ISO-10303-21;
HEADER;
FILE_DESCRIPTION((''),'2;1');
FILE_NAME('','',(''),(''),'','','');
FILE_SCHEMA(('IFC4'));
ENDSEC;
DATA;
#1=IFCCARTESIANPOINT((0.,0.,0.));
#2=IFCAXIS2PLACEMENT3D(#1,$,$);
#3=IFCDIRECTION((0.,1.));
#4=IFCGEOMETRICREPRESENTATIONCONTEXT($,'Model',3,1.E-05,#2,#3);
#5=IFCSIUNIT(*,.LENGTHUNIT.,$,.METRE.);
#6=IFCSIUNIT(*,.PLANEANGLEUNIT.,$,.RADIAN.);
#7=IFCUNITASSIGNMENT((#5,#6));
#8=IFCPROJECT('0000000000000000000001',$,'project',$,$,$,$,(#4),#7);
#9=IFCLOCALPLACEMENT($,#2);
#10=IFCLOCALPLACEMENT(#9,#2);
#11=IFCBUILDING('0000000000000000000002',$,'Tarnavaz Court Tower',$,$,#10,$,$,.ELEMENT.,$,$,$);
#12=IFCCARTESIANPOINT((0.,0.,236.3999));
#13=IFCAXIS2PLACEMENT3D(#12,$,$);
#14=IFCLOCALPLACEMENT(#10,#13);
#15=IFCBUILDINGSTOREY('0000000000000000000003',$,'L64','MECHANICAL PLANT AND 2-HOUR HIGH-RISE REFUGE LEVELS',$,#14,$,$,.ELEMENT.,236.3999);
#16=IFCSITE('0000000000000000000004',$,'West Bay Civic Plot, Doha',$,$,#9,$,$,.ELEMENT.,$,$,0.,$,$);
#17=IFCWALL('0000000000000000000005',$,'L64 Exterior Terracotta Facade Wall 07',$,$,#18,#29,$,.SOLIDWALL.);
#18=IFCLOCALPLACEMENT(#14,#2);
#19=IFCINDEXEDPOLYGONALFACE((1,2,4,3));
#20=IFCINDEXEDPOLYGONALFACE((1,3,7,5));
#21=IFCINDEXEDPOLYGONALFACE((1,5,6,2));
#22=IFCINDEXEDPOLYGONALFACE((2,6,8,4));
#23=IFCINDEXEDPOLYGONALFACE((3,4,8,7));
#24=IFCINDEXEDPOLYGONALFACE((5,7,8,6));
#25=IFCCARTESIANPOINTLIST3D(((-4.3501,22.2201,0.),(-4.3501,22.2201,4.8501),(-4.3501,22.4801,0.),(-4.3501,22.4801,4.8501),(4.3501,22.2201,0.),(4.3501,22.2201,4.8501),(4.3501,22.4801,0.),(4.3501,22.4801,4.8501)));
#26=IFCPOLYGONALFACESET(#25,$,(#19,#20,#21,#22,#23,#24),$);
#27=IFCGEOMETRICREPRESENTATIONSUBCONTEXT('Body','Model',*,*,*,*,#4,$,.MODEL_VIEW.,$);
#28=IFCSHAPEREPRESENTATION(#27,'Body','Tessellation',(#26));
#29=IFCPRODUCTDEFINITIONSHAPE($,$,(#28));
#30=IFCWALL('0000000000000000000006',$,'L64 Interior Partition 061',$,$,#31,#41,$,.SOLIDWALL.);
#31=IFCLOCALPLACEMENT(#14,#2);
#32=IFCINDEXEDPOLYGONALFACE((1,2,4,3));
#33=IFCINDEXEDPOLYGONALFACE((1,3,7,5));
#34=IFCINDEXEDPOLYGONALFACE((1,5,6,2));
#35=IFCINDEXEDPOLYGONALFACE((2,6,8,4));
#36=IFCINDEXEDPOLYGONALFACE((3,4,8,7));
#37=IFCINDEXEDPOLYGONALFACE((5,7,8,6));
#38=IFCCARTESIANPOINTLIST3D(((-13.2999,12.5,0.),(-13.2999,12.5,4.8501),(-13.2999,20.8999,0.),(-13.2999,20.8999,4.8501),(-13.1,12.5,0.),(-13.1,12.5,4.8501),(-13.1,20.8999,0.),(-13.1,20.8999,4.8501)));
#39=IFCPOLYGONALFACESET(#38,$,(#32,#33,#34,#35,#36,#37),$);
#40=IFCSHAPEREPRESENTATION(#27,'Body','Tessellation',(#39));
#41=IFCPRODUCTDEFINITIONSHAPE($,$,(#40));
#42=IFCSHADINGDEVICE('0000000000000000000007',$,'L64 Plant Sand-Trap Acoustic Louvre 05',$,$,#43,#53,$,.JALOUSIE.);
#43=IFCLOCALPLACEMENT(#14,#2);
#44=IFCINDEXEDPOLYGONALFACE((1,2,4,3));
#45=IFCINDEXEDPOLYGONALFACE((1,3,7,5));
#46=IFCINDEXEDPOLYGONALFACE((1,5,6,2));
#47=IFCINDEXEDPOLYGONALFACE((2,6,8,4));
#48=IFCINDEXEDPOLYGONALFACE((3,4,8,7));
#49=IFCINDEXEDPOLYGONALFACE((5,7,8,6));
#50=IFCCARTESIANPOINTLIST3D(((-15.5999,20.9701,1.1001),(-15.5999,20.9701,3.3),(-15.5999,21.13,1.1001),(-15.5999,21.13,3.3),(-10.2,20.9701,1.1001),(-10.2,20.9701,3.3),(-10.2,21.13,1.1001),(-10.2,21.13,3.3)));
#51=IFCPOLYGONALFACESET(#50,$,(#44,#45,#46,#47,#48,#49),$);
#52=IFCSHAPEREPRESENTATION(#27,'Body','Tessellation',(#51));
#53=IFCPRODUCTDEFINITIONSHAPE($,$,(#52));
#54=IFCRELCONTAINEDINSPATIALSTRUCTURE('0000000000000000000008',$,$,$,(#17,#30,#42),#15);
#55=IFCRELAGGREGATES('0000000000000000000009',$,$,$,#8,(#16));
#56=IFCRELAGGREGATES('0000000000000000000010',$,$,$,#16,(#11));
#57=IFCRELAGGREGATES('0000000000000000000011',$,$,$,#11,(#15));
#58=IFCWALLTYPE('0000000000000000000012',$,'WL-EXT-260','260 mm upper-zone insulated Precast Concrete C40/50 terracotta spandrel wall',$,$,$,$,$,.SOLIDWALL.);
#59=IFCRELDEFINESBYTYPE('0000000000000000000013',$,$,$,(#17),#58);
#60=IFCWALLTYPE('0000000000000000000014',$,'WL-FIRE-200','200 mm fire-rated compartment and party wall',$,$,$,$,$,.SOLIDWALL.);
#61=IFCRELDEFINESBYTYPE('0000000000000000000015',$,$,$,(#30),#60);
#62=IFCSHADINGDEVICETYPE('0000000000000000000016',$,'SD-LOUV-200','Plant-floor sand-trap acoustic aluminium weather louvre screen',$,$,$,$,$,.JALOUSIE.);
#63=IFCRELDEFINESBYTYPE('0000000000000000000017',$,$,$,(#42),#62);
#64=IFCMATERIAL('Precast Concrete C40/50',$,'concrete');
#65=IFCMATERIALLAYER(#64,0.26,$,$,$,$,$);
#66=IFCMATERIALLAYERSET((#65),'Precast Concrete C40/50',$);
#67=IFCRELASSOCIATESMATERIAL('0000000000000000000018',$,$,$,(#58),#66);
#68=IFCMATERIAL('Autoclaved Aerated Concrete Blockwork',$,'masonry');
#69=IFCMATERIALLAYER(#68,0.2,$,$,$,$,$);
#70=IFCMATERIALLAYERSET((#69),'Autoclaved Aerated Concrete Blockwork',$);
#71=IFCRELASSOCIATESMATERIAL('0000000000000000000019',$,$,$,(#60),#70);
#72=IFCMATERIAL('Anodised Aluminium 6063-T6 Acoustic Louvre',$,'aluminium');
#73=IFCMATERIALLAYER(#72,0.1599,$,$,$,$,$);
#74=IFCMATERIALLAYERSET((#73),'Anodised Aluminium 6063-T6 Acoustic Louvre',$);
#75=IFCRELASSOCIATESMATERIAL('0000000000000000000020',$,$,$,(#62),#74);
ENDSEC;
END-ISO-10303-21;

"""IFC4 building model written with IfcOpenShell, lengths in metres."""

from ifc_helpers import new_model, si_unit, direction, frame, frame_2d, origin, origin_2d, place, context, subcontext, project, spatial, rectangle, extrude, material, layer, layer_set, type_object, element, save


model = new_model("IFC4")

# Units and contexts
model_context = context("Model", 3, precision=1e-05, world=origin(), true_north=direction((0.0, 1.0)))
body_context = subcontext(model_context, "Body", "Model", "MODEL_VIEW")
ifc_project = project(units=[si_unit("LENGTHUNIT", "METRE"), si_unit("PLANEANGLEUNIT", "RADIAN")], contexts=[model_context])

# Site, building, storey
site_placement = place(None, origin())
site = spatial("IfcSite", under=ifc_project, at=site_placement, Name="West Bay Civic Plot, Doha", CompositionType="ELEMENT", RefElevation=0.0)
building_placement = place(site_placement, origin())
building = spatial("IfcBuilding", under=site, at=building_placement, Name="Tarnavaz Court Tower", CompositionType="ELEMENT")
storey_placement = place(building_placement, frame((0.0, 0.0, 236.3999)))
storey = spatial("IfcBuildingStorey", under=building, at=storey_placement, Name="L64", Description="MECHANICAL PLANT AND 2-HOUR HIGH-RISE REFUGE LEVELS", CompositionType="ELEMENT", Elevation=236.3999)

# Walls
ifc_material_1 = material(Name="Precast Concrete C40/50", Category="concrete")
ifc_layer_1 = layer(ifc_material_1, 0.26)
ifc_layer_set_1 = layer_set([ifc_layer_1], Name="Precast Concrete C40/50")
wall_type_1 = type_object("IfcWallType", Name="WL-EXT-260", Description="260 mm upper-zone insulated Precast Concrete C40/50 terracotta spandrel wall", PredefinedType="SOLIDWALL", material=ifc_layer_set_1)
wall_1_placement = place(storey_placement, frame((-4.3501, 22.3501, 0.0), z_axis=(0.0, 0.0, 1.0), x_axis=(1.0, 0.0, 0.0)))
element("IfcWall", 1, at=wall_1_placement, inside=storey, type_object=wall_type_1, Name="L64 Exterior Terracotta Facade Wall 07", PredefinedType="SOLIDWALL", context=body_context, shape_type="SweptSolid", body=[
    extrude(rectangle(XDim=8.7002, YDim=0.26, at=frame_2d((4.3501, 0.0))), origin(), (0.0, 0.0, 1.0), 4.8501),
])
ifc_material_2 = material(Name="Autoclaved Aerated Concrete Blockwork", Category="masonry")
ifc_layer_2 = layer(ifc_material_2, 0.2)
ifc_layer_set_2 = layer_set([ifc_layer_2], Name="Autoclaved Aerated Concrete Blockwork")
wall_type_2 = type_object("IfcWallType", Name="WL-FIRE-200", Description="200 mm fire-rated compartment and party wall", PredefinedType="SOLIDWALL", material=ifc_layer_set_2)
wall_2_placement = place(storey_placement, frame((-13.2, 12.5, 0.0), z_axis=(0.0, 0.0, 1.0), x_axis=(0.0, 1.0, 0.0)))
element("IfcWall", 2, at=wall_2_placement, inside=storey, type_object=wall_type_2, Name="L64 Interior Partition 061", PredefinedType="SOLIDWALL", context=body_context, shape_type="SweptSolid", body=[
    extrude(rectangle(XDim=8.3999, YDim=0.2, at=frame_2d((4.2, 0.0))), origin(), (0.0, 0.0, 1.0), 4.8501),
])

# Shading device
ifc_material_3 = material(Name="Anodised Aluminium 6063-T6 Acoustic Louvre", Category="aluminium")
ifc_layer_3 = layer(ifc_material_3, 0.1599)
ifc_layer_set_3 = layer_set([ifc_layer_3], Name="Anodised Aluminium 6063-T6 Acoustic Louvre")
shading_device_type = type_object("IfcShadingDeviceType", Name="SD-LOUV-200", Description="Plant-floor sand-trap acoustic aluminium weather louvre screen", PredefinedType="JALOUSIE", material=ifc_layer_set_3)
shading_device_placement = place(storey_placement, frame((-12.8999, 21.05, 1.1001), z_axis=(0.0, 0.0, 1.0), x_axis=(1.0, 0.0, 0.0)))
element("IfcShadingDevice", 3, at=shading_device_placement, inside=storey, type_object=shading_device_type, Name="L64 Plant Sand-Trap Acoustic Louvre 05", PredefinedType="JALOUSIE", context=body_context, shape_type="SweptSolid", body=[
    extrude(rectangle(XDim=5.3999, YDim=0.1599, at=origin_2d()), origin(), (0.0, 0.0, 1.0), 2.2),
])

save(model, "model.ifc")
